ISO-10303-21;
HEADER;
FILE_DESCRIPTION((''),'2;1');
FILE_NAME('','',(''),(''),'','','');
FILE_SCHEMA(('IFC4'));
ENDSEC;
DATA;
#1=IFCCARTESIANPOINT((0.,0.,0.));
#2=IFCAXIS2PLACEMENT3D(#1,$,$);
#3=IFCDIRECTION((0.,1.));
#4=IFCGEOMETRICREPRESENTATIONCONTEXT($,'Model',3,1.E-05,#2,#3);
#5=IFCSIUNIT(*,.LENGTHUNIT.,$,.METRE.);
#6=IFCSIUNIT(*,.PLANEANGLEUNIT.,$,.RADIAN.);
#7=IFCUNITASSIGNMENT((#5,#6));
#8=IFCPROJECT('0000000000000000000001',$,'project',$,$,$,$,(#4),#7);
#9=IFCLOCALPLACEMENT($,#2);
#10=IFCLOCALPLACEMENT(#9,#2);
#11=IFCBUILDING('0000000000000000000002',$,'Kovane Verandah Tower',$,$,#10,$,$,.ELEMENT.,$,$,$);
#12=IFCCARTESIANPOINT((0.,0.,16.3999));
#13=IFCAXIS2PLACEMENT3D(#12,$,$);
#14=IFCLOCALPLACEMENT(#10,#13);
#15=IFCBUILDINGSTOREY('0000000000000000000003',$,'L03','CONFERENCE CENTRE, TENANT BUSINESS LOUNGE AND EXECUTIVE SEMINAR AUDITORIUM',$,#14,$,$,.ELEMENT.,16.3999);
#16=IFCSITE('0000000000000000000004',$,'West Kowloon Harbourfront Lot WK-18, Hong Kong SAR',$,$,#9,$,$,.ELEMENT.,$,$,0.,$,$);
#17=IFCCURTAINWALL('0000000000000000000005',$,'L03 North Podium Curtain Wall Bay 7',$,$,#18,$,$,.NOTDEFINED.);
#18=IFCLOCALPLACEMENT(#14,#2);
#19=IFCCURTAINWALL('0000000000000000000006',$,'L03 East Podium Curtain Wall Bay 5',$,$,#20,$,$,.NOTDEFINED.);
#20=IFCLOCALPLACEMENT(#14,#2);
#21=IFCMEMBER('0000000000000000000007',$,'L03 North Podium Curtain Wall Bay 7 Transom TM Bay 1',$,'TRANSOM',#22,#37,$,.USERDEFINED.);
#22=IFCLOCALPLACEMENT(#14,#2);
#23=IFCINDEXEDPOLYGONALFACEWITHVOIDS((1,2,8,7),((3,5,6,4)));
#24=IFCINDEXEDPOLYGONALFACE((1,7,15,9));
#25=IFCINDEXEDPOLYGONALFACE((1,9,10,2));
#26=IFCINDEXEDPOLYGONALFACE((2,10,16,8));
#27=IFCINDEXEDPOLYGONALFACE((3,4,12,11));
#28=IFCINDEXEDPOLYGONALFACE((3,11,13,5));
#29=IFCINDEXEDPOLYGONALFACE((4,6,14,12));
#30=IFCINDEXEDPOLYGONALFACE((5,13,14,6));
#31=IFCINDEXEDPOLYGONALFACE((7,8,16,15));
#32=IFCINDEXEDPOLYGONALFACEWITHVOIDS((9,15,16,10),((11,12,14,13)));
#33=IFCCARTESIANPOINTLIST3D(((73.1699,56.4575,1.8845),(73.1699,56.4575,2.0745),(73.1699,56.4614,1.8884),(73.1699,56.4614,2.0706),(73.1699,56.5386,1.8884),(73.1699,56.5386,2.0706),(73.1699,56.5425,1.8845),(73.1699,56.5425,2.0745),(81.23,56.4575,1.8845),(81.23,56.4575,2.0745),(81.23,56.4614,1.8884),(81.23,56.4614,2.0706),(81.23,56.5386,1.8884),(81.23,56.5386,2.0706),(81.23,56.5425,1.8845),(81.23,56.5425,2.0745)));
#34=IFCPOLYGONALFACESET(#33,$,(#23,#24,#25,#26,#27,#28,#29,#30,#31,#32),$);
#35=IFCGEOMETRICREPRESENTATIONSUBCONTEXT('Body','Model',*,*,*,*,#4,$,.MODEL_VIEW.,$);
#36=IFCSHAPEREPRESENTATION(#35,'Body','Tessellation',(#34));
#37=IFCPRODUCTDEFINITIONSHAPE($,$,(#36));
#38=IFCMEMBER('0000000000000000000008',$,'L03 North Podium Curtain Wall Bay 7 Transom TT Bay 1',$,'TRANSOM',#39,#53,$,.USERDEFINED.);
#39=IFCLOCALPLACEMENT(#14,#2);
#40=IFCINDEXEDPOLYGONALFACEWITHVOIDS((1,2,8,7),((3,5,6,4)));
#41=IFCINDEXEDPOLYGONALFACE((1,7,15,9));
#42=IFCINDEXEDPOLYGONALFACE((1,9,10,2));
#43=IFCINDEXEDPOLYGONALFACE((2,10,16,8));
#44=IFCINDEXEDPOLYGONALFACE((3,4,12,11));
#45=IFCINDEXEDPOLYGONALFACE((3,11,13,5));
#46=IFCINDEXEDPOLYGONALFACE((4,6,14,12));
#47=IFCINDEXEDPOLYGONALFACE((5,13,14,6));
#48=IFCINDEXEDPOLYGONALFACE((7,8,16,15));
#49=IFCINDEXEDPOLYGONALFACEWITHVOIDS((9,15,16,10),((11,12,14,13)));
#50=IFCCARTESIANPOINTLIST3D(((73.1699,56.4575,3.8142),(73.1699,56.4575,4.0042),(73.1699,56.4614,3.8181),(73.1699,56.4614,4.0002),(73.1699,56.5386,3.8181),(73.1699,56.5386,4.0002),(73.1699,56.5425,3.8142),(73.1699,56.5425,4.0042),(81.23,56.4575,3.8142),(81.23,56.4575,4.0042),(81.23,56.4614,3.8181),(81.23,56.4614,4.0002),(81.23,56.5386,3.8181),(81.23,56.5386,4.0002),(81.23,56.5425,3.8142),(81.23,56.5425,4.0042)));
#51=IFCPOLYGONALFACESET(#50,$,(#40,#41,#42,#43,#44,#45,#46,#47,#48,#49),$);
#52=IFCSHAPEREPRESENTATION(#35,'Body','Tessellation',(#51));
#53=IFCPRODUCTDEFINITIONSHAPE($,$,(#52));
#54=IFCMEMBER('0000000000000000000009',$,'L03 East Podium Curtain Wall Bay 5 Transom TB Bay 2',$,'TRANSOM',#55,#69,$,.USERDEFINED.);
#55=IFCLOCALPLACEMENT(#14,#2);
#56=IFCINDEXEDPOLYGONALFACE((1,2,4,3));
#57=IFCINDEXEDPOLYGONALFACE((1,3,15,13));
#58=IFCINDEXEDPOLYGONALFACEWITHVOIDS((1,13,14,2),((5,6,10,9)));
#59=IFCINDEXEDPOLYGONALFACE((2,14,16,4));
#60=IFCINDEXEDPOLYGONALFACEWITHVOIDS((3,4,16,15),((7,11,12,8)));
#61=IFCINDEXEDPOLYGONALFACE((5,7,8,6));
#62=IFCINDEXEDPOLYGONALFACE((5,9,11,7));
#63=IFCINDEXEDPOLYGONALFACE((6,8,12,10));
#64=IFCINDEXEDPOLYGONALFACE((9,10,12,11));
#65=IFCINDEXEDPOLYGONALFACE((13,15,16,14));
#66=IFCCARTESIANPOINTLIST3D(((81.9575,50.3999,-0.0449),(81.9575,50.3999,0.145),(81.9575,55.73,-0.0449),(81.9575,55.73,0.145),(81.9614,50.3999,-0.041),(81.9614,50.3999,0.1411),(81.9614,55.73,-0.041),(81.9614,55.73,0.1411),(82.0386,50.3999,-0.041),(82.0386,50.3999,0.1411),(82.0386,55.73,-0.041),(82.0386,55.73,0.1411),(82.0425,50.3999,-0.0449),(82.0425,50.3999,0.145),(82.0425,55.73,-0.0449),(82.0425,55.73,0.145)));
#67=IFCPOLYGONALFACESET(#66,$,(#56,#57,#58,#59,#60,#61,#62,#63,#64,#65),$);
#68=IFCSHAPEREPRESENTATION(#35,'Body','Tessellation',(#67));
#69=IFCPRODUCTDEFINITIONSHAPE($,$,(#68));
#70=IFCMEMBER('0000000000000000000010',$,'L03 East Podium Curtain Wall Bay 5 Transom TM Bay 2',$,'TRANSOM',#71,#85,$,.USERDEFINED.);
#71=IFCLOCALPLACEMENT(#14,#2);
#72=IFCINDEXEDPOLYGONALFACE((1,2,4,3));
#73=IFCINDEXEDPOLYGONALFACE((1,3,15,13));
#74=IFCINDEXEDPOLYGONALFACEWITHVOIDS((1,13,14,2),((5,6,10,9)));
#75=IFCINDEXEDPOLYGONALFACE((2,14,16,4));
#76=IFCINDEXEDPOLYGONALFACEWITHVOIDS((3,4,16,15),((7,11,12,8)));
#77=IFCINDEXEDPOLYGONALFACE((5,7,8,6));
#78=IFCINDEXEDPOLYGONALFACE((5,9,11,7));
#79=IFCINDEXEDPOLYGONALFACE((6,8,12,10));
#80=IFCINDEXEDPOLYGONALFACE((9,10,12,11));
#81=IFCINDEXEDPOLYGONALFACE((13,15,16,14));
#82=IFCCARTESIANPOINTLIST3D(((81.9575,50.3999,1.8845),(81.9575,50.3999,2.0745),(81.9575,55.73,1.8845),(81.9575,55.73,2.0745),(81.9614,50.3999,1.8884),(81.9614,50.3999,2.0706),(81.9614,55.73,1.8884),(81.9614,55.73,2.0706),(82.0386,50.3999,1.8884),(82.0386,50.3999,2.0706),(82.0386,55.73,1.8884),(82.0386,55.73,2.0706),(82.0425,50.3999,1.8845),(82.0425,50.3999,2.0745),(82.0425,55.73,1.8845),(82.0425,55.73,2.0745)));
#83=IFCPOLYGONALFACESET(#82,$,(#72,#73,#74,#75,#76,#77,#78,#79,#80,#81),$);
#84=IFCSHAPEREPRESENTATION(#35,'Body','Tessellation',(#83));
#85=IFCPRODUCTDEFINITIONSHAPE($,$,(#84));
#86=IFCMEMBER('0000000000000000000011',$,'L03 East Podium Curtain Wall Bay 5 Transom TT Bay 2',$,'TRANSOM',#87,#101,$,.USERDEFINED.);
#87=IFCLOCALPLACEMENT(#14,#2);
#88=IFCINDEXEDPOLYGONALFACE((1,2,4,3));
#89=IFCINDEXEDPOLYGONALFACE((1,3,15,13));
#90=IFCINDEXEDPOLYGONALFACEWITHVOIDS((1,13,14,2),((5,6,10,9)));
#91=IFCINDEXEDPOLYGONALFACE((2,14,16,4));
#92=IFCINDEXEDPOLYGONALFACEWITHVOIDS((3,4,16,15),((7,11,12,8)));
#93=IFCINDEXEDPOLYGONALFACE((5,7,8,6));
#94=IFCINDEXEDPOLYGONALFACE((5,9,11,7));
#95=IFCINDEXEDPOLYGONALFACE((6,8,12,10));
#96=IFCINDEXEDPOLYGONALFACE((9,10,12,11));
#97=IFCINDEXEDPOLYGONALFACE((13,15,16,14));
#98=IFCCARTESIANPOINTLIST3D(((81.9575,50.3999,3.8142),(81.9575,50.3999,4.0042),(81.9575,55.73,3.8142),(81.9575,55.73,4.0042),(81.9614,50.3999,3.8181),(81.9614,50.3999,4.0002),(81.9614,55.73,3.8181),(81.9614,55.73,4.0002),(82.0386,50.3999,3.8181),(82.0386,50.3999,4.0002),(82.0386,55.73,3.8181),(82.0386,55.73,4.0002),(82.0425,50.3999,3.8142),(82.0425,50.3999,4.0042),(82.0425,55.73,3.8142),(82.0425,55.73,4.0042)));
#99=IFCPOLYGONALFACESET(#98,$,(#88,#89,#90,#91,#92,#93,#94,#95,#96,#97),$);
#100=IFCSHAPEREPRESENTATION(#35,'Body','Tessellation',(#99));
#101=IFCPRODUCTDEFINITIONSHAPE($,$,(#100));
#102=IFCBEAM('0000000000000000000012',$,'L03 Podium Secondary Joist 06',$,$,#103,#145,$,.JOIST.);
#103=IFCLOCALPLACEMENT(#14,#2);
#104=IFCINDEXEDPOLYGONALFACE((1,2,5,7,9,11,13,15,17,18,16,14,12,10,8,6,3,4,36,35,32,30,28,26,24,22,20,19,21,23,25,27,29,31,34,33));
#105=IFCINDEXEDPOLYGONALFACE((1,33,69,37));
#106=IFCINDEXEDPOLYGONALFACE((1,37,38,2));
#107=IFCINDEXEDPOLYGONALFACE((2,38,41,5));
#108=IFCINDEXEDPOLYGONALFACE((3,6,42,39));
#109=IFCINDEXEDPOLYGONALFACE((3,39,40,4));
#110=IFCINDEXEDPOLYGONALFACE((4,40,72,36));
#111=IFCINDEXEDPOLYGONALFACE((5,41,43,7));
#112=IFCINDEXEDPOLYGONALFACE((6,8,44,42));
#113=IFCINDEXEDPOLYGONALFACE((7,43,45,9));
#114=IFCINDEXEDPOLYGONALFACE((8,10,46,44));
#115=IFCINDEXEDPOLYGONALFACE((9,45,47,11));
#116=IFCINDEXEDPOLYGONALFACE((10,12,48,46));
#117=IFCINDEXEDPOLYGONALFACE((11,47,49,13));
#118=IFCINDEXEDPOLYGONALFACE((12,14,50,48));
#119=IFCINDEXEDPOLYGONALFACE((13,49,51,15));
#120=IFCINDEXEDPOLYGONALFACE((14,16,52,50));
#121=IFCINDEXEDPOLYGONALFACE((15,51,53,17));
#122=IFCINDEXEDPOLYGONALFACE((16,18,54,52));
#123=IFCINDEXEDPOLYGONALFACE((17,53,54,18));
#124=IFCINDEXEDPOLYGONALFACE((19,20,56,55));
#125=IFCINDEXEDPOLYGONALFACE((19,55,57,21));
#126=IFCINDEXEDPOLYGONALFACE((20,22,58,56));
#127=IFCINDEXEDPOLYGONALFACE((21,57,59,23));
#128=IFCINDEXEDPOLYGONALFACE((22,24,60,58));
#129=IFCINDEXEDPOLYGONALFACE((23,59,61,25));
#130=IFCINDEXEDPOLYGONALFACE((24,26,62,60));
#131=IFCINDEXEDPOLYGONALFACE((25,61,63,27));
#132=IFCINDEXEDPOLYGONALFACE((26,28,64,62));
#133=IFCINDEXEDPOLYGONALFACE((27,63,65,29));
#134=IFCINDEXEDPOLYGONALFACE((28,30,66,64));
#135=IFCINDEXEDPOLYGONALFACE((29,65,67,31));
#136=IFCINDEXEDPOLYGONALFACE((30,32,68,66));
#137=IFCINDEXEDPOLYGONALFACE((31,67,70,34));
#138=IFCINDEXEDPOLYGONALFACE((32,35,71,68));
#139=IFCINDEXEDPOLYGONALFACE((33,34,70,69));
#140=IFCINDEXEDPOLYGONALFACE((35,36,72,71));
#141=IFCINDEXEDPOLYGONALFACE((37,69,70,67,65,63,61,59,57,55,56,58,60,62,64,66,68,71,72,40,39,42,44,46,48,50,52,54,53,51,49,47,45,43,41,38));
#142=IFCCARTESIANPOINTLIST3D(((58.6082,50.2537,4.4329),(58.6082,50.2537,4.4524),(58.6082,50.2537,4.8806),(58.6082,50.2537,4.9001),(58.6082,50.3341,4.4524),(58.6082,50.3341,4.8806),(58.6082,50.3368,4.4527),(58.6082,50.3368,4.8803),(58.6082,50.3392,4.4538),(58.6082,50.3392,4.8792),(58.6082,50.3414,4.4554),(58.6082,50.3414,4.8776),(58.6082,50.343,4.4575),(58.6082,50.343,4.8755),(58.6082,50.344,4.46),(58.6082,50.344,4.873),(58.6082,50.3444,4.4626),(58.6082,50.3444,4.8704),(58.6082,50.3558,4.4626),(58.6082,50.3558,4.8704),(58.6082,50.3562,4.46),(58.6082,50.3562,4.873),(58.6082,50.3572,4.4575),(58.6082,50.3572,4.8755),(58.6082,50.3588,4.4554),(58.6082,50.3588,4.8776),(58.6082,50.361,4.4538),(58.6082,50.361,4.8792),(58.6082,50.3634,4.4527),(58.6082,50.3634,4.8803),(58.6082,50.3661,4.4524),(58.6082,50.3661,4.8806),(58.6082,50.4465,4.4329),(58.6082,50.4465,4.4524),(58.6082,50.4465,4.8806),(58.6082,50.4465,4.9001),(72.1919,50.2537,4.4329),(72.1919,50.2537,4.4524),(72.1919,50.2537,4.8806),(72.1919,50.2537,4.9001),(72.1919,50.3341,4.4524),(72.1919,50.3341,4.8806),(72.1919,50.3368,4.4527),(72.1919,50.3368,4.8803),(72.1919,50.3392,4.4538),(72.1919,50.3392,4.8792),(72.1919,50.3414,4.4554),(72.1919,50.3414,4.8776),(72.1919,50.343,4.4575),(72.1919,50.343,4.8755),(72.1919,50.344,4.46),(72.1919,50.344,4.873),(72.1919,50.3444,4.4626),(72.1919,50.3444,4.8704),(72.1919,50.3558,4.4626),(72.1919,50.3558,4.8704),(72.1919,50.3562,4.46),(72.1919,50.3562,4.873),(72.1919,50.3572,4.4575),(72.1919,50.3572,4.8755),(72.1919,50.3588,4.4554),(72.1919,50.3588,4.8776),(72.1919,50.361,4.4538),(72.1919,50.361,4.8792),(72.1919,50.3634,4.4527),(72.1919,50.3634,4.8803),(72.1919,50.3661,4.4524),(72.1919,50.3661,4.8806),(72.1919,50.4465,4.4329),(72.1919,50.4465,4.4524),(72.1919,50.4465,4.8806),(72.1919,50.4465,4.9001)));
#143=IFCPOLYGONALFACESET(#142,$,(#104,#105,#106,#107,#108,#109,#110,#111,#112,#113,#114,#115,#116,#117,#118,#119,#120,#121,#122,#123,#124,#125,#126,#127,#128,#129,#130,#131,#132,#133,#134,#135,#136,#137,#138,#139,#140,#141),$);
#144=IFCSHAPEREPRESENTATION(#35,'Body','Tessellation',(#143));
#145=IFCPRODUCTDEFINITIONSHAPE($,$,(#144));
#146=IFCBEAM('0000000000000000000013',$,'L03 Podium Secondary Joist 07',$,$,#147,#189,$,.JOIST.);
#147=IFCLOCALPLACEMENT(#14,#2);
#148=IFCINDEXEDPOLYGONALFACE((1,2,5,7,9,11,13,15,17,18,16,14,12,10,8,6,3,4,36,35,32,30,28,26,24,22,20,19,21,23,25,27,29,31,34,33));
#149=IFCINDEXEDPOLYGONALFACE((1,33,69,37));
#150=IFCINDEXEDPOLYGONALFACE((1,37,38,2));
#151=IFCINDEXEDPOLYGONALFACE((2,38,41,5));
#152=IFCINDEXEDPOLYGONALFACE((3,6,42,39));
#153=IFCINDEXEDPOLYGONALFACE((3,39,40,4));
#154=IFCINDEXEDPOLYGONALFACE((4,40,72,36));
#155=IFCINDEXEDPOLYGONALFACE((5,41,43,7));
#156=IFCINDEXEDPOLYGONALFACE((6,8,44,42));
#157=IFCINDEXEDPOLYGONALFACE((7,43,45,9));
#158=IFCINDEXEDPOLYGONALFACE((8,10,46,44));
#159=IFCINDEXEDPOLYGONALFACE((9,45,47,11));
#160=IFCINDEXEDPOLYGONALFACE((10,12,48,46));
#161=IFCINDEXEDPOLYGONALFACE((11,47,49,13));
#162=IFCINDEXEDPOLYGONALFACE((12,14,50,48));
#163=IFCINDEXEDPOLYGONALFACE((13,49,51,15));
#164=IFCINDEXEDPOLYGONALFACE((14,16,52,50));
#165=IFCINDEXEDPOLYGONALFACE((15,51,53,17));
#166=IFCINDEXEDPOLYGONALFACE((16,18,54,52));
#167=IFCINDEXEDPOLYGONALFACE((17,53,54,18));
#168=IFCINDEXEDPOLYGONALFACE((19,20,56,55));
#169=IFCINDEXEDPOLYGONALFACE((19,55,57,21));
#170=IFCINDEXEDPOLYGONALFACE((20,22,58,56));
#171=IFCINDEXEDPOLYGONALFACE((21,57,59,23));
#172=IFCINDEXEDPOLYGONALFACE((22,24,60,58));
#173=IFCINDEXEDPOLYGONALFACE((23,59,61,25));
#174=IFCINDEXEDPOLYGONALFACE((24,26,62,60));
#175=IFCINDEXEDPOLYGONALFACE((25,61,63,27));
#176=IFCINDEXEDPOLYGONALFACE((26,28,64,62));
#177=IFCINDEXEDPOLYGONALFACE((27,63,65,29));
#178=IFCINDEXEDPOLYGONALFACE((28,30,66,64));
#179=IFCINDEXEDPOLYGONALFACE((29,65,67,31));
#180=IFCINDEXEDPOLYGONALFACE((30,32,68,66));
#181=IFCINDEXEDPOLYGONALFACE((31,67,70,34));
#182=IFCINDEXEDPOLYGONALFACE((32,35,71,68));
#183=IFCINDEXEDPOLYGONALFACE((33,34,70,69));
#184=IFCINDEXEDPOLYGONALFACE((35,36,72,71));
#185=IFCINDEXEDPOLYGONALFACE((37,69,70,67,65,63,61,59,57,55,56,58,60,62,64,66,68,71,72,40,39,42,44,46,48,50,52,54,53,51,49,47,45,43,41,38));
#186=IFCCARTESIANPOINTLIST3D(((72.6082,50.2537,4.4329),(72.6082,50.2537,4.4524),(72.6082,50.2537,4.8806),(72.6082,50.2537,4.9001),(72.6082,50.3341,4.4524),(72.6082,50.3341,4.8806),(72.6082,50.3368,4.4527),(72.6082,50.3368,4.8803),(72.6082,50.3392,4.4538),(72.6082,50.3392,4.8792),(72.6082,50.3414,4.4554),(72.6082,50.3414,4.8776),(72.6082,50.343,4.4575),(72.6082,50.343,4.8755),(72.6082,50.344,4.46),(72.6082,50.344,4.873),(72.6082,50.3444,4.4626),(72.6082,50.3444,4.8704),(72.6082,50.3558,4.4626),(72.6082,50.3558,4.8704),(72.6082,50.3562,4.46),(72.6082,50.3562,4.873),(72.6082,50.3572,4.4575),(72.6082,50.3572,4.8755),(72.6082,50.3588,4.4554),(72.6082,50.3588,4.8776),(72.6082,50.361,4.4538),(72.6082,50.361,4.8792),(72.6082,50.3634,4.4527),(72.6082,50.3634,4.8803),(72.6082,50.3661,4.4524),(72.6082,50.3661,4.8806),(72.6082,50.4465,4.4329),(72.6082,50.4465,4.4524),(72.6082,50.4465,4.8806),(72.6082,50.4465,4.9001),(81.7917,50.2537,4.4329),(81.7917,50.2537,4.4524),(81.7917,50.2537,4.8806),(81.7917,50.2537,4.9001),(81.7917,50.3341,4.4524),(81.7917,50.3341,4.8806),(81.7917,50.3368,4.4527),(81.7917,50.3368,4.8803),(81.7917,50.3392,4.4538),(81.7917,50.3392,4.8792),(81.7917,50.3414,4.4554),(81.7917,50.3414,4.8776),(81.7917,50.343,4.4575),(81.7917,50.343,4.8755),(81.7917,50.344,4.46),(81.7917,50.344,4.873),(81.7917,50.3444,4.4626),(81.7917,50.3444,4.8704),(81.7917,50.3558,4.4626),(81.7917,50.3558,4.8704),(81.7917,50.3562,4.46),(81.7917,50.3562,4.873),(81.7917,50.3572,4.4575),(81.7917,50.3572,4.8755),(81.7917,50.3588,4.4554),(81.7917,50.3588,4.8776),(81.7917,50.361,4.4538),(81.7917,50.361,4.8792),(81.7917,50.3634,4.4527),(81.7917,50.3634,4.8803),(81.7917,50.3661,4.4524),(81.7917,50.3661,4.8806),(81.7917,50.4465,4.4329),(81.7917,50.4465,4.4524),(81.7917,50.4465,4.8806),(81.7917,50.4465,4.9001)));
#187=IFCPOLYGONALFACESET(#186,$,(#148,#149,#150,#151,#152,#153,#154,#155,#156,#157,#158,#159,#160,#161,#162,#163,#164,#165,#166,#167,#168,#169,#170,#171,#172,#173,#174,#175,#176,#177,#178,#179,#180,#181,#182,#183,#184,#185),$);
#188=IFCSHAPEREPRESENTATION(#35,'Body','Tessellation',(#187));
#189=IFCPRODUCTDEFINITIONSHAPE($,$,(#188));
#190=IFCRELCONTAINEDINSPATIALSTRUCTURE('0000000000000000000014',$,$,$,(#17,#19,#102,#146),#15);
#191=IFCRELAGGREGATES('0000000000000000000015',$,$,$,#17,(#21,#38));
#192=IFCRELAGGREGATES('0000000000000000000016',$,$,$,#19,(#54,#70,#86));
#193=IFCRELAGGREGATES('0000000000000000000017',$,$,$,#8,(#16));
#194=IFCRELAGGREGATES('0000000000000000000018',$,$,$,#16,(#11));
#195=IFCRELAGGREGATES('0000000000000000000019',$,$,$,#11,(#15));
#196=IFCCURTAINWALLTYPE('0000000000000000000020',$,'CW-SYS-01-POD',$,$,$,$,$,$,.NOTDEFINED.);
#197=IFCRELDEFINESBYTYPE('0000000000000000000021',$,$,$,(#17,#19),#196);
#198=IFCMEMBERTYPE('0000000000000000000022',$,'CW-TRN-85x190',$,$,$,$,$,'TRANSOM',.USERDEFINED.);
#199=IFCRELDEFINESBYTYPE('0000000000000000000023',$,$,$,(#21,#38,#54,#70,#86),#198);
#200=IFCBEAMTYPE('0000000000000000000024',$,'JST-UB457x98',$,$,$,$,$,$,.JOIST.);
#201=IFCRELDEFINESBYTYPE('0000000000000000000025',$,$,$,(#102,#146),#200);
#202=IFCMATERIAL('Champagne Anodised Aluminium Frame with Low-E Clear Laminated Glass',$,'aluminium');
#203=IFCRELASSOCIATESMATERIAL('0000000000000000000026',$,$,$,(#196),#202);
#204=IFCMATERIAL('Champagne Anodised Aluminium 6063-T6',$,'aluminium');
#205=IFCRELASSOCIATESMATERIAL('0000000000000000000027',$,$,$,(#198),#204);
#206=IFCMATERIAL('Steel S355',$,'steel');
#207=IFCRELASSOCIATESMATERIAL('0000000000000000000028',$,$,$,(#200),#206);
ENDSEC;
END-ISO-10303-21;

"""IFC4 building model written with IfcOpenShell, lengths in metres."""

from ifc_helpers import new_model, si_unit, direction, frame, origin, origin_2d, place, context, subcontext, project, spatial, hollow_rectangle, i_section, extrude, material, material_profile, profile_set, type_object, element, aggregate, save


model = new_model("IFC4")

# Units and contexts
model_context = context("Model", 3, precision=1e-05, world=origin(), true_north=direction((0.0, 1.0)))
body_context = subcontext(model_context, "Body", "Model", "MODEL_VIEW")
ifc_project = project(units=[si_unit("LENGTHUNIT", "METRE"), si_unit("PLANEANGLEUNIT", "RADIAN")], contexts=[model_context])

# Site, building, storey
site_placement = place(None, origin())
site = spatial("IfcSite", under=ifc_project, at=site_placement, Name="West Kowloon Harbourfront Lot WK-18, Hong Kong SAR", CompositionType="ELEMENT", RefElevation=0.0)
building_placement = place(site_placement, origin())
building = spatial("IfcBuilding", under=site, at=building_placement, Name="Kovane Verandah Tower", CompositionType="ELEMENT")
storey_placement = place(building_placement, frame((0.0, 0.0, 16.3999)))
storey = spatial("IfcBuildingStorey", under=building, at=storey_placement, Name="L03", Description="CONFERENCE CENTRE, TENANT BUSINESS LOUNGE AND EXECUTIVE SEMINAR AUDITORIUM", CompositionType="ELEMENT", Elevation=16.3999)

# Curtain walls
ifc_material_1 = material(Name="Champagne Anodised Aluminium Frame with Low-E Clear Laminated Glass", Category="aluminium")
curtain_wall_type = type_object("IfcCurtainWallType", Name="CW-SYS-01-POD", PredefinedType="NOTDEFINED", material=ifc_material_1)
ifc_material_2 = material(Name="Champagne Anodised Aluminium 6063-T6", Category="aluminium")
curtain_wall_1_placement = place(storey_placement, origin())
curtain_wall_1 = element("IfcCurtainWall", 1, at=curtain_wall_1_placement, inside=storey, type_object=curtain_wall_type, Name="L03 North Podium Curtain Wall Bay 7", PredefinedType="NOTDEFINED")
curtain_wall_2_placement = place(storey_placement, origin())
curtain_wall_2 = element("IfcCurtainWall", 2, at=curtain_wall_2_placement, inside=storey, type_object=curtain_wall_type, Name="L03 East Podium Curtain Wall Bay 5", PredefinedType="NOTDEFINED")

# Members
ifc_material_profile_1 = material_profile(ifc_material_2, hollow_rectangle(XDim=0.085, YDim=0.1899, WallThickness=0.0039, at=origin_2d()), Name="AL85x190x4")
ifc_profile_set_1 = profile_set([ifc_material_profile_1], Name="Champagne Anodised Aluminium 6063-T6")
member_type_1 = type_object("IfcMemberType", Name="CW-TRN-85x190", ElementType="TRANSOM", PredefinedType="USERDEFINED", material=ifc_profile_set_1)
member_1_placement = place(storey_placement, frame((81.23, 56.5, 1.9795), z_axis=(-1.0, 0.0, 0.0), x_axis=(0.0, -1.0, 0.0)))
member_1 = element("IfcMember", 3, at=member_1_placement, type_object=member_type_1, Name="L03 North Podium Curtain Wall Bay 7 Transom TM Bay 1", ObjectType="TRANSOM", PredefinedType="USERDEFINED", context=body_context, shape_type="SweptSolid", body=[
    extrude(hollow_rectangle(XDim=0.085, YDim=0.1899, WallThickness=0.0039, at=origin_2d()), origin(), (0.0, 0.0, 1.0), 8.0601),
])
member_2_placement = place(storey_placement, frame((81.23, 56.5, 3.9092), z_axis=(-1.0, 0.0, 0.0), x_axis=(0.0, -1.0, 0.0)))
member_2 = element("IfcMember", 4, at=member_2_placement, type_object=member_type_1, Name="L03 North Podium Curtain Wall Bay 7 Transom TT Bay 1", ObjectType="TRANSOM", PredefinedType="USERDEFINED", context=body_context, shape_type="SweptSolid", body=[
    extrude(hollow_rectangle(XDim=0.085, YDim=0.1899, WallThickness=0.0039, at=origin_2d()), origin(), (0.0, 0.0, 1.0), 8.0601),
])
member_3_placement = place(storey_placement, frame((82.0, 50.3999, 0.05), z_axis=(0.0, 1.0, 0.0), x_axis=(-1.0, 0.0, 0.0)))
member_3 = element("IfcMember", 5, at=member_3_placement, type_object=member_type_1, Name="L03 East Podium Curtain Wall Bay 5 Transom TB Bay 2", ObjectType="TRANSOM", PredefinedType="USERDEFINED", context=body_context, shape_type="SweptSolid", body=[
    extrude(hollow_rectangle(XDim=0.085, YDim=0.1899, WallThickness=0.0039, at=origin_2d()), origin(), (0.0, 0.0, 1.0), 5.3301),
])
member_4_placement = place(storey_placement, frame((82.0, 50.3999, 1.9795), z_axis=(0.0, 1.0, 0.0), x_axis=(-1.0, 0.0, 0.0)))
member_4 = element("IfcMember", 6, at=member_4_placement, type_object=member_type_1, Name="L03 East Podium Curtain Wall Bay 5 Transom TM Bay 2", ObjectType="TRANSOM", PredefinedType="USERDEFINED", context=body_context, shape_type="SweptSolid", body=[
    extrude(hollow_rectangle(XDim=0.085, YDim=0.1899, WallThickness=0.0039, at=origin_2d()), origin(), (0.0, 0.0, 1.0), 5.3301),
])
member_5_placement = place(storey_placement, frame((82.0, 50.3999, 3.9092), z_axis=(0.0, 1.0, 0.0), x_axis=(-1.0, 0.0, 0.0)))
member_5 = element("IfcMember", 7, at=member_5_placement, type_object=member_type_1, Name="L03 East Podium Curtain Wall Bay 5 Transom TT Bay 2", ObjectType="TRANSOM", PredefinedType="USERDEFINED", context=body_context, shape_type="SweptSolid", body=[
    extrude(hollow_rectangle(XDim=0.085, YDim=0.1899, WallThickness=0.0039, at=origin_2d()), origin(), (0.0, 0.0, 1.0), 5.3301),
])

# Beams
ifc_material_3 = material(Name="Steel S355", Category="steel")
ifc_material_profile_2 = material_profile(ifc_material_3, i_section(OverallWidth=0.1929, OverallDepth=0.4673, WebThickness=0.0115, FlangeThickness=0.0195, FilletRadius=0.0103, at=origin_2d()), Name="UB457x191x98")
ifc_profile_set_2 = profile_set([ifc_material_profile_2], Name="Steel S355")
beam_type_1 = type_object("IfcBeamType", Name="JST-UB457x98", PredefinedType="JOIST", material=ifc_profile_set_2)
beam_1_placement = place(storey_placement, frame((58.6082, 50.3501, 4.6665), z_axis=(1.0, 0.0, 0.0), x_axis=(0.0, 1.0, 0.0)))
element("IfcBeam", 8, at=beam_1_placement, inside=storey, type_object=beam_type_1, Name="L03 Podium Secondary Joist 06", PredefinedType="JOIST", context=body_context, shape_type="SweptSolid", body=[
    extrude(i_section(OverallWidth=0.1929, OverallDepth=0.4673, WebThickness=0.0115, FlangeThickness=0.0195, FilletRadius=0.0103, at=origin_2d()), origin(), (0.0, 0.0, 1.0), 13.5837),
])
beam_2_placement = place(storey_placement, frame((72.6082, 50.3501, 4.6665), z_axis=(1.0, 0.0, 0.0), x_axis=(0.0, 1.0, 0.0)))
element("IfcBeam", 9, at=beam_2_placement, inside=storey, type_object=beam_type_1, Name="L03 Podium Secondary Joist 07", PredefinedType="JOIST", context=body_context, shape_type="SweptSolid", body=[
    extrude(i_section(OverallWidth=0.1929, OverallDepth=0.4673, WebThickness=0.0115, FlangeThickness=0.0195, FilletRadius=0.0103, at=origin_2d()), origin(), (0.0, 0.0, 1.0), 9.1836),
])

aggregate(curtain_wall_1, [member_1, member_2])
aggregate(curtain_wall_2, [member_3, member_4, member_5])

save(model, "model.ifc")
